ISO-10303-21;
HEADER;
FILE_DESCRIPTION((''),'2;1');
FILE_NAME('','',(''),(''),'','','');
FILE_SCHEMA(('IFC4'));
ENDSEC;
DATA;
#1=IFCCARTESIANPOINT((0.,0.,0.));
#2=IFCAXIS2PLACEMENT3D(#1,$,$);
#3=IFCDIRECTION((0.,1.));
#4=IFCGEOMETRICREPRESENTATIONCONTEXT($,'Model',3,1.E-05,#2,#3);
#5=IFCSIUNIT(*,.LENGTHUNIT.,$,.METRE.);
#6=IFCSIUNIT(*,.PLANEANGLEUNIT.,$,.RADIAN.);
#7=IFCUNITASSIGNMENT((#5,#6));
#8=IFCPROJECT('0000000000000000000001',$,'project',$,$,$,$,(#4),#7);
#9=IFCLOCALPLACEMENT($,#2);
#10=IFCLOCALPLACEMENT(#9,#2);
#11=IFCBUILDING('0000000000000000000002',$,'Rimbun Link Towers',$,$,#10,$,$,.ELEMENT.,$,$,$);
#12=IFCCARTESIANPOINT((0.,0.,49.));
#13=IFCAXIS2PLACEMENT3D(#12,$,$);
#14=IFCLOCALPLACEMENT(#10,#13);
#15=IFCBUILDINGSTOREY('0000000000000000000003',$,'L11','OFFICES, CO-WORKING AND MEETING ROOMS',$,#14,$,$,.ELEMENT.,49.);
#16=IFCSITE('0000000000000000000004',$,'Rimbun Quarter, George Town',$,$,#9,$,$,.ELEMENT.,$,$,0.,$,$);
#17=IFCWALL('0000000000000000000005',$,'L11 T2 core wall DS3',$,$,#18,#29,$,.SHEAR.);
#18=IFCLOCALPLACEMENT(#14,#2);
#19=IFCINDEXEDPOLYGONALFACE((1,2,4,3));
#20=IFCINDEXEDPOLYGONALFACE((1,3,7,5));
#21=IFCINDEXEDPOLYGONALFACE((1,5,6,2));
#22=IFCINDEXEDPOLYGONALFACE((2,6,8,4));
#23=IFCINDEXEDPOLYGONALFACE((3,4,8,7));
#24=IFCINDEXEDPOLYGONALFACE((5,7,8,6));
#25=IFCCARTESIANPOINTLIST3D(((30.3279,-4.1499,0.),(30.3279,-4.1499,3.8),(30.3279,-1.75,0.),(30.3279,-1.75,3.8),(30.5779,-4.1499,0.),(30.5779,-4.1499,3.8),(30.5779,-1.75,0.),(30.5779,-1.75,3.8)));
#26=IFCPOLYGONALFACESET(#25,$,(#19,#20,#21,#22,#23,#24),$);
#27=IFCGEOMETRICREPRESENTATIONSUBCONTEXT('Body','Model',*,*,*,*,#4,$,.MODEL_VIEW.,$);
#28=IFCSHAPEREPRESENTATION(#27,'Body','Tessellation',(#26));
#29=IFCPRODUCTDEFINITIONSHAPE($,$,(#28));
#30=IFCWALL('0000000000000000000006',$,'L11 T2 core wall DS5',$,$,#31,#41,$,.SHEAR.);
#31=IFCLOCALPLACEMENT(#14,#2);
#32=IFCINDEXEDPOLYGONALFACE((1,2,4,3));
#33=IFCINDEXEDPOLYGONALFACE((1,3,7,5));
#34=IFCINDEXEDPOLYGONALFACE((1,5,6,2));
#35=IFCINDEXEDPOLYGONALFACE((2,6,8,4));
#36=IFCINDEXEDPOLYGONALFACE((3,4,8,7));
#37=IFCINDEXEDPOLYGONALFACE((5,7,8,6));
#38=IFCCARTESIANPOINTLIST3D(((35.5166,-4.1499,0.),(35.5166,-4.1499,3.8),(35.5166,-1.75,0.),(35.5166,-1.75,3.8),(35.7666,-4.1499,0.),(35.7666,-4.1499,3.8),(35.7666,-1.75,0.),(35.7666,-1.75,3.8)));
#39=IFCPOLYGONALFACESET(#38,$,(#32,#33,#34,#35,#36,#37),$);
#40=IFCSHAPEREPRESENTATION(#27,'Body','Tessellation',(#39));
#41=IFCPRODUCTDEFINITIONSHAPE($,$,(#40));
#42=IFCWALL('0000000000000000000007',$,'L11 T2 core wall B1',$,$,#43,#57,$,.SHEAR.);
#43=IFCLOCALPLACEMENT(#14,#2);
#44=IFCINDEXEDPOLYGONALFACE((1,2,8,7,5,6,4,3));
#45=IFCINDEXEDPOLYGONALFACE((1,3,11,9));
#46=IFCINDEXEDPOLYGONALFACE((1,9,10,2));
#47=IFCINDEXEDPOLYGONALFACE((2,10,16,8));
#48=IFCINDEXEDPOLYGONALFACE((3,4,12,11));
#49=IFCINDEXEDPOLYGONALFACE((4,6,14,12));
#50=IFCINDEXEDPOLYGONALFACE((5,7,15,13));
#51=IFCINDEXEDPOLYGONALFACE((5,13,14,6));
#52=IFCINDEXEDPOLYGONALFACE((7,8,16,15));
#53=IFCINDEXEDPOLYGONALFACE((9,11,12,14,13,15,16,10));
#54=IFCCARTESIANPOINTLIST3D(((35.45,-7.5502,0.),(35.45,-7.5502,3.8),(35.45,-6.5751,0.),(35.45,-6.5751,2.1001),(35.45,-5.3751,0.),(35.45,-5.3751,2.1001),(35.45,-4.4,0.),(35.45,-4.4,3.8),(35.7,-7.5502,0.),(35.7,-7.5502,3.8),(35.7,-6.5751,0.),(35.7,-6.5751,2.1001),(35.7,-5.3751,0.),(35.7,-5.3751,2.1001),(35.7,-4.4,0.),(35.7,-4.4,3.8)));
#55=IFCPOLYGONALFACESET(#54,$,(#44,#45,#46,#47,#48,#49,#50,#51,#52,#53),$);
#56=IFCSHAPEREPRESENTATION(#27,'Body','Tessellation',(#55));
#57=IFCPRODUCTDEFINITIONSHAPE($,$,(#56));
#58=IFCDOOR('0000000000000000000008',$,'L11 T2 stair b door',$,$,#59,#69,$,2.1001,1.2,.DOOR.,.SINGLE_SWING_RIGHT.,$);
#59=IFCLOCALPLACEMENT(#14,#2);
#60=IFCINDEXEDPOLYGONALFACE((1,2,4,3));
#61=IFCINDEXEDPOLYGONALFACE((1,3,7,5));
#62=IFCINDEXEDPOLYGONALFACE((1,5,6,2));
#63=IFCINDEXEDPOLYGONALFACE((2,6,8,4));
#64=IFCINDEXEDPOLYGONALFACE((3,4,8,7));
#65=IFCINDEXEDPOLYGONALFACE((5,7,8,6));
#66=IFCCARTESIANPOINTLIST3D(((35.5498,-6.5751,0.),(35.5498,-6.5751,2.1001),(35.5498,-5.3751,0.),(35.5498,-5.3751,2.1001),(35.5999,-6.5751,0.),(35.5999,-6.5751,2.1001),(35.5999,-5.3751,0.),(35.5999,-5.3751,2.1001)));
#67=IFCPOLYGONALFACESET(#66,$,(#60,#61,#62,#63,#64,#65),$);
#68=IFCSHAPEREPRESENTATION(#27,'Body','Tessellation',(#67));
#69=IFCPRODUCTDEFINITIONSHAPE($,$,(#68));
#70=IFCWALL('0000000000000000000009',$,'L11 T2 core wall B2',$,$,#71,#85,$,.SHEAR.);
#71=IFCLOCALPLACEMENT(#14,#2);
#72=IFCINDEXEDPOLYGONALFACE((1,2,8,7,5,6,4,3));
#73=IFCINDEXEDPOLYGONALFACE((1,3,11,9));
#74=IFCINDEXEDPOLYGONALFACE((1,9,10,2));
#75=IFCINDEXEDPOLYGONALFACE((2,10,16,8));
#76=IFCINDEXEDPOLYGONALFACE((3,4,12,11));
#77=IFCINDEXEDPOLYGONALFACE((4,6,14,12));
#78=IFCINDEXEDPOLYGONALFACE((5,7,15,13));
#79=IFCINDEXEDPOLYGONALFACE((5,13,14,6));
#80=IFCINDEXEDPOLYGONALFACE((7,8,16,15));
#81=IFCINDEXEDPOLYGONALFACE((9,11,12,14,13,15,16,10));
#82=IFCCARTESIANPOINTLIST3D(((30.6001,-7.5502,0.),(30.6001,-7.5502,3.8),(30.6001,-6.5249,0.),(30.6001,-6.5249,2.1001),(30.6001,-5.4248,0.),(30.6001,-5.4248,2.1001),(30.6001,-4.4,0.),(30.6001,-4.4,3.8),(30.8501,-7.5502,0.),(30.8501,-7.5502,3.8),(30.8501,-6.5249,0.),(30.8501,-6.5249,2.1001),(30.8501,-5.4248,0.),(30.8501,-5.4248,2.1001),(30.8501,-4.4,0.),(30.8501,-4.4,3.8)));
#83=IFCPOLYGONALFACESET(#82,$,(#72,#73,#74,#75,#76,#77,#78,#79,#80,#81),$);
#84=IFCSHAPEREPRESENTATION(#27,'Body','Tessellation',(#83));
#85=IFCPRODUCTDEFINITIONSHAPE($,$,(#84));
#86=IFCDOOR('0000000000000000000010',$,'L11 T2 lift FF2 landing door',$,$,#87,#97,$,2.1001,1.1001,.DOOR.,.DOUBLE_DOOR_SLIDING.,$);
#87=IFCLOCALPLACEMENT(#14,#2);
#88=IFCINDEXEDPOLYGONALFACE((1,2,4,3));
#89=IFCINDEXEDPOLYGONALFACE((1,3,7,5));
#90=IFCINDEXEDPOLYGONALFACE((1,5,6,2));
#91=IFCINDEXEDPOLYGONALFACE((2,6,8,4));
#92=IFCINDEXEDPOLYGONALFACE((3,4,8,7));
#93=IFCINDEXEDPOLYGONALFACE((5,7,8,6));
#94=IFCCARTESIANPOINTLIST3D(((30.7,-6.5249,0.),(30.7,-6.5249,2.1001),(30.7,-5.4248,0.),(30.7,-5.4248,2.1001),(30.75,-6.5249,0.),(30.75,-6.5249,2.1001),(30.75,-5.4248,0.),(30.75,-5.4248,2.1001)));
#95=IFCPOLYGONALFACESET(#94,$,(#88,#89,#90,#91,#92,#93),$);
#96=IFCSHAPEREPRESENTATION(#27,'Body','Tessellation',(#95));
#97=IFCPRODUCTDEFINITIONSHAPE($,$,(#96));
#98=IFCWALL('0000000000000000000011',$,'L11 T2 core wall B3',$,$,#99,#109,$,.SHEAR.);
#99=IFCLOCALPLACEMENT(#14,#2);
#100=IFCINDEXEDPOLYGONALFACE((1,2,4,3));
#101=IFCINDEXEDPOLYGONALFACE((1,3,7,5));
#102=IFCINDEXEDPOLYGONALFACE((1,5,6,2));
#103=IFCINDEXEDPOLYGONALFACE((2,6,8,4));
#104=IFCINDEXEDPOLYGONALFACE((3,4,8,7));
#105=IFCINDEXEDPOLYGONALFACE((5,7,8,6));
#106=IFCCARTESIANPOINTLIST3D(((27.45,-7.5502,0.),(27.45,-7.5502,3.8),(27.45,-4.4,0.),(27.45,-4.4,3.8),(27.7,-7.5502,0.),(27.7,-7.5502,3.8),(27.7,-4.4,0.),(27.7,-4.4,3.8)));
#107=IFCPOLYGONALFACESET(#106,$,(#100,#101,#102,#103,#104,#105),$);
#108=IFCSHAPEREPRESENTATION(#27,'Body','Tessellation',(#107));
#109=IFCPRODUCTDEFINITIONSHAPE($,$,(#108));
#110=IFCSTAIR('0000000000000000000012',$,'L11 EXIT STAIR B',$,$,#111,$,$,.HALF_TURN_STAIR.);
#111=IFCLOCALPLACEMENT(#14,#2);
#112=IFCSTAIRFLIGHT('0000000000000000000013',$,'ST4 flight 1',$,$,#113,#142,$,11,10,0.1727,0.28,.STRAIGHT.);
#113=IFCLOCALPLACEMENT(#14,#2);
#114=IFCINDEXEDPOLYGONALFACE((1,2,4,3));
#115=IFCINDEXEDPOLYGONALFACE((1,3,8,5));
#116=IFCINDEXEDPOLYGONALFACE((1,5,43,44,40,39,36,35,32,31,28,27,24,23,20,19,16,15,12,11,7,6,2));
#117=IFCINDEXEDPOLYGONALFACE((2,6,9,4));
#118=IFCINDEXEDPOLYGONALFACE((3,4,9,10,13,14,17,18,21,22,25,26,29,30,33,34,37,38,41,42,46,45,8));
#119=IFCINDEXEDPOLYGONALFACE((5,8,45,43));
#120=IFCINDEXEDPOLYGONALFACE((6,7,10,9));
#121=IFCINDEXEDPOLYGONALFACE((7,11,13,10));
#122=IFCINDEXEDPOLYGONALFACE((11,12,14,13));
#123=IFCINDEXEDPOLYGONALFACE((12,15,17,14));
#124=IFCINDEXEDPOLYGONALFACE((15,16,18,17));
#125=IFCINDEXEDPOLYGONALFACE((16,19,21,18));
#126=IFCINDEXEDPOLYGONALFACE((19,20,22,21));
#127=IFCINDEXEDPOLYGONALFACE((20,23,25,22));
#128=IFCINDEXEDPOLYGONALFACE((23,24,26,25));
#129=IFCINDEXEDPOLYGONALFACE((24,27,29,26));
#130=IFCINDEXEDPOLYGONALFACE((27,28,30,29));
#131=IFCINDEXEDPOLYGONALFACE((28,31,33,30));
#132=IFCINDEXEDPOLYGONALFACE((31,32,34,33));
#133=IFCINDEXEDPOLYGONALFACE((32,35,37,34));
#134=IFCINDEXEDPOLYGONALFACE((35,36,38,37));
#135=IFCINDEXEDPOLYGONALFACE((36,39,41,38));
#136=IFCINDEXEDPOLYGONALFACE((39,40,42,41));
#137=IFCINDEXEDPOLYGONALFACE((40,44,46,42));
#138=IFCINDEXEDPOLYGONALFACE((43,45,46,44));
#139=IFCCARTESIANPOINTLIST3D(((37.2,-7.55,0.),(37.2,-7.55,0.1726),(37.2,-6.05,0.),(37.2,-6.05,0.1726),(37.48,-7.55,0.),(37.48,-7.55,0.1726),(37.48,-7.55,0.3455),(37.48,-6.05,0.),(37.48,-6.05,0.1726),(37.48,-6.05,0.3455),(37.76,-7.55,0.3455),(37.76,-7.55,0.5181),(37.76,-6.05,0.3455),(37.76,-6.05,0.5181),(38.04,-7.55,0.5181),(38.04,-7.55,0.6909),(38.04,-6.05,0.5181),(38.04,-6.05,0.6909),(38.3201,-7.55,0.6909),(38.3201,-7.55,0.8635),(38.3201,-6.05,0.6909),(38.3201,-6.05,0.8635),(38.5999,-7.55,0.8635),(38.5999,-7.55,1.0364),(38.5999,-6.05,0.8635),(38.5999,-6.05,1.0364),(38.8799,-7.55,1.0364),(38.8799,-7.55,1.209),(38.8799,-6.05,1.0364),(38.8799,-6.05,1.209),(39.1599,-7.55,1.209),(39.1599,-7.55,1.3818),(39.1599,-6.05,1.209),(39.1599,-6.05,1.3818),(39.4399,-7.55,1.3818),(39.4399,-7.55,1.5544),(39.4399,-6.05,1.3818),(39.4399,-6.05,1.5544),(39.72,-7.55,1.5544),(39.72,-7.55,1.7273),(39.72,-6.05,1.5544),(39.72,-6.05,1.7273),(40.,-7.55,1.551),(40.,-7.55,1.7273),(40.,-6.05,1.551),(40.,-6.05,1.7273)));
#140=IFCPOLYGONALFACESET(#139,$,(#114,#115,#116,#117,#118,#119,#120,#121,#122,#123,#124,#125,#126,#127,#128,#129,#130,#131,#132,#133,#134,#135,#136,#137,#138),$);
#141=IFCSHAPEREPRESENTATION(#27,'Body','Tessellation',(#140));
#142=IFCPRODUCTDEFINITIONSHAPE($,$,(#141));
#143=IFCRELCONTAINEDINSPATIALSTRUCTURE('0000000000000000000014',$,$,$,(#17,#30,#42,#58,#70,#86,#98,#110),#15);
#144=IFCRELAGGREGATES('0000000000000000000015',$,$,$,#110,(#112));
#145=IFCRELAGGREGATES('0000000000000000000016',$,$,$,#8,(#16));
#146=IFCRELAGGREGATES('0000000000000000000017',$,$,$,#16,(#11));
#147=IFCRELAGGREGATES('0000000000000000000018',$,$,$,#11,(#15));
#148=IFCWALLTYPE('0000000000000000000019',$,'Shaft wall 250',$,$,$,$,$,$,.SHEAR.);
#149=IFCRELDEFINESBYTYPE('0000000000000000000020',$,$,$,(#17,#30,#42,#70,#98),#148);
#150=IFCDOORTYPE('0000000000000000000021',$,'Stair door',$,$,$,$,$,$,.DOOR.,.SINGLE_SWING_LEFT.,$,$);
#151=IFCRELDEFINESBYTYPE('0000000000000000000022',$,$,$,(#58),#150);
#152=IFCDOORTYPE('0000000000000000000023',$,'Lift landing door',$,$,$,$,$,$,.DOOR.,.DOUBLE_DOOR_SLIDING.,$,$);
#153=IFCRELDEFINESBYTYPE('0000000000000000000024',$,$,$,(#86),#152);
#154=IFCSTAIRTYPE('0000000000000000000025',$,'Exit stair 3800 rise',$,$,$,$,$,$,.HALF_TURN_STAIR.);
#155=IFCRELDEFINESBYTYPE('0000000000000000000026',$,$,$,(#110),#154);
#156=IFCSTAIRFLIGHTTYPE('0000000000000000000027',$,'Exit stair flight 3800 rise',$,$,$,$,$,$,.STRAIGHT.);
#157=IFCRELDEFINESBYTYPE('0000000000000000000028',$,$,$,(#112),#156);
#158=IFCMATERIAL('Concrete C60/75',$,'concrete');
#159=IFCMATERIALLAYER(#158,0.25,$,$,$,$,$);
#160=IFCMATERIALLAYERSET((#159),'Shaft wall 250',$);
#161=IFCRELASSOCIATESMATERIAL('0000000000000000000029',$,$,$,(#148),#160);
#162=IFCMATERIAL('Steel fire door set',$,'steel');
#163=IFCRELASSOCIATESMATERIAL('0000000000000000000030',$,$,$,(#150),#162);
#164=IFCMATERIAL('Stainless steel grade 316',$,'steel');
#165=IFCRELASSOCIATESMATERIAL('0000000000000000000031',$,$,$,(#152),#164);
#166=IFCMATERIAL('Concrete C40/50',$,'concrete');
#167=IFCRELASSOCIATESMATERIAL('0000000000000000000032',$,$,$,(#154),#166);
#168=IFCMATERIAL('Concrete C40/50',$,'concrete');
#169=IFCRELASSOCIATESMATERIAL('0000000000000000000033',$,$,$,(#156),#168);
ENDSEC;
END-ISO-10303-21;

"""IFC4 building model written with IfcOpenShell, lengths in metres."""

from ifc_helpers import new_model, si_unit, direction, frame, frame_2d, origin, place, context, subcontext, project, spatial, polyline, rectangle, outline, extrude, material, layer, layer_set, type_object, element, fill, aggregate, save


model = new_model("IFC4")

# Units and contexts
model_context = context("Model", 3, precision=1e-05, world=origin(), true_north=direction((0.0, 1.0)))
body_context = subcontext(model_context, "Body", "Model", "MODEL_VIEW")
ifc_project = project(units=[si_unit("LENGTHUNIT", "METRE"), si_unit("PLANEANGLEUNIT", "RADIAN")], contexts=[model_context])

# Site, building, storey
site_placement = place(None, origin())
site = spatial("IfcSite", under=ifc_project, at=site_placement, Name="Rimbun Quarter, George Town", CompositionType="ELEMENT", RefElevation=0.0)
building_placement = place(site_placement, origin())
building = spatial("IfcBuilding", under=site, at=building_placement, Name="Rimbun Link Towers", CompositionType="ELEMENT")
storey_placement = place(building_placement, frame((0.0, 0.0, 49.0)))
storey = spatial("IfcBuildingStorey", under=building, at=storey_placement, Name="L11", Description="OFFICES, CO-WORKING AND MEETING ROOMS", CompositionType="ELEMENT", Elevation=49.0)

# Walls
ifc_material_1 = material(Name="Concrete C60/75", Category="concrete")
ifc_layer_1 = layer(ifc_material_1, 0.25)
ifc_layer_set_1 = layer_set([ifc_layer_1], Name="Shaft wall 250")
wall_type_1 = type_object("IfcWallType", Name="Shaft wall 250", PredefinedType="SHEAR", material=ifc_layer_set_1)
for number, where, z_axis, x_axis, name in (
    (1, (30.4529, -4.1499, 0.0), (0.0, 0.0, 1.0), (0.0, 1.0, 0.0), "L11 T2 core wall DS3"),
    (2, (35.6416, -4.1499, 0.0), (0.0, 0.0, 1.0), (0.0, 1.0, 0.0), "L11 T2 core wall DS5"),
):
    element("IfcWall", number, at=place(storey_placement, frame(where, z_axis=z_axis, x_axis=x_axis)), inside=storey, type_object=wall_type_1, Name=name, PredefinedType="SHEAR", context=body_context, shape_type="SweptSolid", body=[
        extrude(rectangle(XDim=2.3999, YDim=0.25, at=frame_2d((1.2, 0.0))), origin(), (0.0, 0.0, 1.0), 3.8),
    ])

# Walls, openings, doors
wall_1_placement = place(storey_placement, frame((35.575, -4.3999, 0.0), z_axis=(0.0, 0.0, 1.0), x_axis=(0.0, -1.0, 0.0)))
wall_1 = element("IfcWall", 3, at=wall_1_placement, inside=storey, type_object=wall_type_1, Name="L11 T2 core wall B1", PredefinedType="SHEAR", context=body_context, shape_type="SweptSolid", body=[
    extrude(rectangle(XDim=3.1501, YDim=0.25, at=frame_2d((1.5752, 0.0))), origin(), (0.0, 0.0, 1.0), 3.8),
])
opening_1_placement = place(wall_1_placement, frame((0.9751, 0.0, 0.0)))
opening_1 = element("IfcOpeningElement", 4, at=opening_1_placement, cuts=wall_1, PredefinedType="OPENING", context=body_context, shape_type="SweptSolid", body=[
    extrude(rectangle(XDim=1.2, YDim=2.1001, at=frame_2d((0.6001, 1.05))), frame((0.0, 0.135, 0.0), z_axis=(0.0, -1.0, 0.0), x_axis=(1.0, 0.0, 0.0)), (0.0, 0.0, 1.0), 0.27),
])
ifc_material_2 = material(Name="Steel fire door set", Category="steel")
door_type_1 = type_object("IfcDoorType", Name="Stair door", OperationType="SINGLE_SWING_LEFT", PredefinedType="DOOR", material=ifc_material_2)
door_1_placement = place(opening_1_placement, origin())
door_1 = element("IfcDoor", 5, at=door_1_placement, inside=storey, type_object=door_type_1, Name="L11 T2 stair b door", OperationType="SINGLE_SWING_RIGHT", OverallHeight=2.1001, OverallWidth=1.2, PredefinedType="DOOR", context=body_context, shape_type="SweptSolid", body=[
    extrude(rectangle(XDim=1.2, YDim=2.1001, at=frame_2d((0.6001, 1.05))), frame((0.0, 0.0249, 0.0), z_axis=(0.0, -1.0, 0.0), x_axis=(1.0, 0.0, 0.0)), (0.0, 0.0, 1.0), 0.05),
])
fill(opening_1, door_1)
wall_2_placement = place(storey_placement, frame((30.7251, -4.3999, 0.0), z_axis=(0.0, 0.0, 1.0), x_axis=(0.0, -1.0, 0.0)))
wall_2 = element("IfcWall", 6, at=wall_2_placement, inside=storey, type_object=wall_type_1, Name="L11 T2 core wall B2", PredefinedType="SHEAR", context=body_context, shape_type="SweptSolid", body=[
    extrude(rectangle(XDim=3.1501, YDim=0.25, at=frame_2d((1.5752, 0.0))), origin(), (0.0, 0.0, 1.0), 3.8),
])
opening_2_placement = place(wall_2_placement, frame((1.0249, 0.0, 0.0)))
opening_2 = element("IfcOpeningElement", 7, at=opening_2_placement, cuts=wall_2, PredefinedType="OPENING", context=body_context, shape_type="SweptSolid", body=[
    extrude(rectangle(XDim=1.1001, YDim=2.1001, at=frame_2d((0.55, 1.05))), frame((0.0, 0.135, 0.0), z_axis=(0.0, -1.0, 0.0), x_axis=(1.0, 0.0, 0.0)), (0.0, 0.0, 1.0), 0.27),
])
ifc_material_3 = material(Name="Stainless steel grade 316", Category="steel")
door_type_2 = type_object("IfcDoorType", Name="Lift landing door", OperationType="DOUBLE_DOOR_SLIDING", PredefinedType="DOOR", material=ifc_material_3)
door_2_placement = place(opening_2_placement, origin())
door_2 = element("IfcDoor", 8, at=door_2_placement, inside=storey, type_object=door_type_2, Name="L11 T2 lift FF2 landing door", OperationType="DOUBLE_DOOR_SLIDING", OverallHeight=2.1001, OverallWidth=1.1001, PredefinedType="DOOR", context=body_context, shape_type="SweptSolid", body=[
    extrude(rectangle(XDim=1.1001, YDim=2.1001, at=frame_2d((0.55, 1.05))), frame((0.0, 0.0249, 0.0), z_axis=(0.0, -1.0, 0.0), x_axis=(1.0, 0.0, 0.0)), (0.0, 0.0, 1.0), 0.05),
])
fill(opening_2, door_2)

# Wall
wall_3_placement = place(storey_placement, frame((27.575, -4.3999, 0.0), z_axis=(0.0, 0.0, 1.0), x_axis=(0.0, -1.0, 0.0)))
element("IfcWall", 9, at=wall_3_placement, inside=storey, type_object=wall_type_1, Name="L11 T2 core wall B3", PredefinedType="SHEAR", context=body_context, shape_type="SweptSolid", body=[
    extrude(rectangle(XDim=3.1501, YDim=0.25, at=frame_2d((1.5752, 0.0))), origin(), (0.0, 0.0, 1.0), 3.8),
])

# Stair, stair flight
ifc_material_4 = material(Name="Concrete C40/50", Category="concrete")
stair_type = type_object("IfcStairType", Name="Exit stair 3800 rise", PredefinedType="HALF_TURN_STAIR", material=ifc_material_4)
stair_placement = place(storey_placement, origin())
stair = element("IfcStair", 10, at=stair_placement, inside=storey, type_object=stair_type, Name="L11 EXIT STAIR B", PredefinedType="HALF_TURN_STAIR")
ifc_material_5 = material(Name="Concrete C40/50", Category="concrete")
stair_flight_type = type_object("IfcStairFlightType", Name="Exit stair flight 3800 rise", PredefinedType="STRAIGHT", material=ifc_material_5)
stair_flight_placement = place(storey_placement, frame((37.2, -6.8, 0.0), z_axis=(0.0, 0.0, 1.0), x_axis=(1.0, 0.0, 0.0)))
stair_flight = element("IfcStairFlight", 11, at=stair_flight_placement, type_object=stair_flight_type, Name="ST4 flight 1", NumberOfRisers=11, NumberOfTreads=10, PredefinedType="STRAIGHT", RiserHeight=0.1727, TreadLength=0.28, context=body_context, shape_type="SweptSolid", body=[
    extrude(outline(polyline([(0.0, 0.0), (0.0, 0.1726), (0.28, 0.1726), (0.28, 0.3455), (0.5601, 0.3455), (0.5601, 0.5181), (0.8401, 0.5181), (0.8401, 0.6909), (1.1201, 0.6909), (1.1201, 0.8635), (1.3999, 0.8635), (1.3999, 1.0364), (1.6799, 1.0364), (1.6799, 1.209), (1.96, 1.209), (1.96, 1.3818), (2.24, 1.3818), (2.24, 1.5544), (2.52, 1.5544), (2.52, 1.7273), (2.8, 1.7273), (2.8, 1.8999), (2.8, 1.551), (0.28, 0.0), (0.0, 0.0)])), frame((0.0, 0.75, 0.0), z_axis=(0.0, -1.0, 0.0), x_axis=(1.0, 0.0, 0.0)), (0.0, 0.0, 1.0), 1.5),
])
aggregate(stair, [stair_flight])

save(model, "model.ifc")
